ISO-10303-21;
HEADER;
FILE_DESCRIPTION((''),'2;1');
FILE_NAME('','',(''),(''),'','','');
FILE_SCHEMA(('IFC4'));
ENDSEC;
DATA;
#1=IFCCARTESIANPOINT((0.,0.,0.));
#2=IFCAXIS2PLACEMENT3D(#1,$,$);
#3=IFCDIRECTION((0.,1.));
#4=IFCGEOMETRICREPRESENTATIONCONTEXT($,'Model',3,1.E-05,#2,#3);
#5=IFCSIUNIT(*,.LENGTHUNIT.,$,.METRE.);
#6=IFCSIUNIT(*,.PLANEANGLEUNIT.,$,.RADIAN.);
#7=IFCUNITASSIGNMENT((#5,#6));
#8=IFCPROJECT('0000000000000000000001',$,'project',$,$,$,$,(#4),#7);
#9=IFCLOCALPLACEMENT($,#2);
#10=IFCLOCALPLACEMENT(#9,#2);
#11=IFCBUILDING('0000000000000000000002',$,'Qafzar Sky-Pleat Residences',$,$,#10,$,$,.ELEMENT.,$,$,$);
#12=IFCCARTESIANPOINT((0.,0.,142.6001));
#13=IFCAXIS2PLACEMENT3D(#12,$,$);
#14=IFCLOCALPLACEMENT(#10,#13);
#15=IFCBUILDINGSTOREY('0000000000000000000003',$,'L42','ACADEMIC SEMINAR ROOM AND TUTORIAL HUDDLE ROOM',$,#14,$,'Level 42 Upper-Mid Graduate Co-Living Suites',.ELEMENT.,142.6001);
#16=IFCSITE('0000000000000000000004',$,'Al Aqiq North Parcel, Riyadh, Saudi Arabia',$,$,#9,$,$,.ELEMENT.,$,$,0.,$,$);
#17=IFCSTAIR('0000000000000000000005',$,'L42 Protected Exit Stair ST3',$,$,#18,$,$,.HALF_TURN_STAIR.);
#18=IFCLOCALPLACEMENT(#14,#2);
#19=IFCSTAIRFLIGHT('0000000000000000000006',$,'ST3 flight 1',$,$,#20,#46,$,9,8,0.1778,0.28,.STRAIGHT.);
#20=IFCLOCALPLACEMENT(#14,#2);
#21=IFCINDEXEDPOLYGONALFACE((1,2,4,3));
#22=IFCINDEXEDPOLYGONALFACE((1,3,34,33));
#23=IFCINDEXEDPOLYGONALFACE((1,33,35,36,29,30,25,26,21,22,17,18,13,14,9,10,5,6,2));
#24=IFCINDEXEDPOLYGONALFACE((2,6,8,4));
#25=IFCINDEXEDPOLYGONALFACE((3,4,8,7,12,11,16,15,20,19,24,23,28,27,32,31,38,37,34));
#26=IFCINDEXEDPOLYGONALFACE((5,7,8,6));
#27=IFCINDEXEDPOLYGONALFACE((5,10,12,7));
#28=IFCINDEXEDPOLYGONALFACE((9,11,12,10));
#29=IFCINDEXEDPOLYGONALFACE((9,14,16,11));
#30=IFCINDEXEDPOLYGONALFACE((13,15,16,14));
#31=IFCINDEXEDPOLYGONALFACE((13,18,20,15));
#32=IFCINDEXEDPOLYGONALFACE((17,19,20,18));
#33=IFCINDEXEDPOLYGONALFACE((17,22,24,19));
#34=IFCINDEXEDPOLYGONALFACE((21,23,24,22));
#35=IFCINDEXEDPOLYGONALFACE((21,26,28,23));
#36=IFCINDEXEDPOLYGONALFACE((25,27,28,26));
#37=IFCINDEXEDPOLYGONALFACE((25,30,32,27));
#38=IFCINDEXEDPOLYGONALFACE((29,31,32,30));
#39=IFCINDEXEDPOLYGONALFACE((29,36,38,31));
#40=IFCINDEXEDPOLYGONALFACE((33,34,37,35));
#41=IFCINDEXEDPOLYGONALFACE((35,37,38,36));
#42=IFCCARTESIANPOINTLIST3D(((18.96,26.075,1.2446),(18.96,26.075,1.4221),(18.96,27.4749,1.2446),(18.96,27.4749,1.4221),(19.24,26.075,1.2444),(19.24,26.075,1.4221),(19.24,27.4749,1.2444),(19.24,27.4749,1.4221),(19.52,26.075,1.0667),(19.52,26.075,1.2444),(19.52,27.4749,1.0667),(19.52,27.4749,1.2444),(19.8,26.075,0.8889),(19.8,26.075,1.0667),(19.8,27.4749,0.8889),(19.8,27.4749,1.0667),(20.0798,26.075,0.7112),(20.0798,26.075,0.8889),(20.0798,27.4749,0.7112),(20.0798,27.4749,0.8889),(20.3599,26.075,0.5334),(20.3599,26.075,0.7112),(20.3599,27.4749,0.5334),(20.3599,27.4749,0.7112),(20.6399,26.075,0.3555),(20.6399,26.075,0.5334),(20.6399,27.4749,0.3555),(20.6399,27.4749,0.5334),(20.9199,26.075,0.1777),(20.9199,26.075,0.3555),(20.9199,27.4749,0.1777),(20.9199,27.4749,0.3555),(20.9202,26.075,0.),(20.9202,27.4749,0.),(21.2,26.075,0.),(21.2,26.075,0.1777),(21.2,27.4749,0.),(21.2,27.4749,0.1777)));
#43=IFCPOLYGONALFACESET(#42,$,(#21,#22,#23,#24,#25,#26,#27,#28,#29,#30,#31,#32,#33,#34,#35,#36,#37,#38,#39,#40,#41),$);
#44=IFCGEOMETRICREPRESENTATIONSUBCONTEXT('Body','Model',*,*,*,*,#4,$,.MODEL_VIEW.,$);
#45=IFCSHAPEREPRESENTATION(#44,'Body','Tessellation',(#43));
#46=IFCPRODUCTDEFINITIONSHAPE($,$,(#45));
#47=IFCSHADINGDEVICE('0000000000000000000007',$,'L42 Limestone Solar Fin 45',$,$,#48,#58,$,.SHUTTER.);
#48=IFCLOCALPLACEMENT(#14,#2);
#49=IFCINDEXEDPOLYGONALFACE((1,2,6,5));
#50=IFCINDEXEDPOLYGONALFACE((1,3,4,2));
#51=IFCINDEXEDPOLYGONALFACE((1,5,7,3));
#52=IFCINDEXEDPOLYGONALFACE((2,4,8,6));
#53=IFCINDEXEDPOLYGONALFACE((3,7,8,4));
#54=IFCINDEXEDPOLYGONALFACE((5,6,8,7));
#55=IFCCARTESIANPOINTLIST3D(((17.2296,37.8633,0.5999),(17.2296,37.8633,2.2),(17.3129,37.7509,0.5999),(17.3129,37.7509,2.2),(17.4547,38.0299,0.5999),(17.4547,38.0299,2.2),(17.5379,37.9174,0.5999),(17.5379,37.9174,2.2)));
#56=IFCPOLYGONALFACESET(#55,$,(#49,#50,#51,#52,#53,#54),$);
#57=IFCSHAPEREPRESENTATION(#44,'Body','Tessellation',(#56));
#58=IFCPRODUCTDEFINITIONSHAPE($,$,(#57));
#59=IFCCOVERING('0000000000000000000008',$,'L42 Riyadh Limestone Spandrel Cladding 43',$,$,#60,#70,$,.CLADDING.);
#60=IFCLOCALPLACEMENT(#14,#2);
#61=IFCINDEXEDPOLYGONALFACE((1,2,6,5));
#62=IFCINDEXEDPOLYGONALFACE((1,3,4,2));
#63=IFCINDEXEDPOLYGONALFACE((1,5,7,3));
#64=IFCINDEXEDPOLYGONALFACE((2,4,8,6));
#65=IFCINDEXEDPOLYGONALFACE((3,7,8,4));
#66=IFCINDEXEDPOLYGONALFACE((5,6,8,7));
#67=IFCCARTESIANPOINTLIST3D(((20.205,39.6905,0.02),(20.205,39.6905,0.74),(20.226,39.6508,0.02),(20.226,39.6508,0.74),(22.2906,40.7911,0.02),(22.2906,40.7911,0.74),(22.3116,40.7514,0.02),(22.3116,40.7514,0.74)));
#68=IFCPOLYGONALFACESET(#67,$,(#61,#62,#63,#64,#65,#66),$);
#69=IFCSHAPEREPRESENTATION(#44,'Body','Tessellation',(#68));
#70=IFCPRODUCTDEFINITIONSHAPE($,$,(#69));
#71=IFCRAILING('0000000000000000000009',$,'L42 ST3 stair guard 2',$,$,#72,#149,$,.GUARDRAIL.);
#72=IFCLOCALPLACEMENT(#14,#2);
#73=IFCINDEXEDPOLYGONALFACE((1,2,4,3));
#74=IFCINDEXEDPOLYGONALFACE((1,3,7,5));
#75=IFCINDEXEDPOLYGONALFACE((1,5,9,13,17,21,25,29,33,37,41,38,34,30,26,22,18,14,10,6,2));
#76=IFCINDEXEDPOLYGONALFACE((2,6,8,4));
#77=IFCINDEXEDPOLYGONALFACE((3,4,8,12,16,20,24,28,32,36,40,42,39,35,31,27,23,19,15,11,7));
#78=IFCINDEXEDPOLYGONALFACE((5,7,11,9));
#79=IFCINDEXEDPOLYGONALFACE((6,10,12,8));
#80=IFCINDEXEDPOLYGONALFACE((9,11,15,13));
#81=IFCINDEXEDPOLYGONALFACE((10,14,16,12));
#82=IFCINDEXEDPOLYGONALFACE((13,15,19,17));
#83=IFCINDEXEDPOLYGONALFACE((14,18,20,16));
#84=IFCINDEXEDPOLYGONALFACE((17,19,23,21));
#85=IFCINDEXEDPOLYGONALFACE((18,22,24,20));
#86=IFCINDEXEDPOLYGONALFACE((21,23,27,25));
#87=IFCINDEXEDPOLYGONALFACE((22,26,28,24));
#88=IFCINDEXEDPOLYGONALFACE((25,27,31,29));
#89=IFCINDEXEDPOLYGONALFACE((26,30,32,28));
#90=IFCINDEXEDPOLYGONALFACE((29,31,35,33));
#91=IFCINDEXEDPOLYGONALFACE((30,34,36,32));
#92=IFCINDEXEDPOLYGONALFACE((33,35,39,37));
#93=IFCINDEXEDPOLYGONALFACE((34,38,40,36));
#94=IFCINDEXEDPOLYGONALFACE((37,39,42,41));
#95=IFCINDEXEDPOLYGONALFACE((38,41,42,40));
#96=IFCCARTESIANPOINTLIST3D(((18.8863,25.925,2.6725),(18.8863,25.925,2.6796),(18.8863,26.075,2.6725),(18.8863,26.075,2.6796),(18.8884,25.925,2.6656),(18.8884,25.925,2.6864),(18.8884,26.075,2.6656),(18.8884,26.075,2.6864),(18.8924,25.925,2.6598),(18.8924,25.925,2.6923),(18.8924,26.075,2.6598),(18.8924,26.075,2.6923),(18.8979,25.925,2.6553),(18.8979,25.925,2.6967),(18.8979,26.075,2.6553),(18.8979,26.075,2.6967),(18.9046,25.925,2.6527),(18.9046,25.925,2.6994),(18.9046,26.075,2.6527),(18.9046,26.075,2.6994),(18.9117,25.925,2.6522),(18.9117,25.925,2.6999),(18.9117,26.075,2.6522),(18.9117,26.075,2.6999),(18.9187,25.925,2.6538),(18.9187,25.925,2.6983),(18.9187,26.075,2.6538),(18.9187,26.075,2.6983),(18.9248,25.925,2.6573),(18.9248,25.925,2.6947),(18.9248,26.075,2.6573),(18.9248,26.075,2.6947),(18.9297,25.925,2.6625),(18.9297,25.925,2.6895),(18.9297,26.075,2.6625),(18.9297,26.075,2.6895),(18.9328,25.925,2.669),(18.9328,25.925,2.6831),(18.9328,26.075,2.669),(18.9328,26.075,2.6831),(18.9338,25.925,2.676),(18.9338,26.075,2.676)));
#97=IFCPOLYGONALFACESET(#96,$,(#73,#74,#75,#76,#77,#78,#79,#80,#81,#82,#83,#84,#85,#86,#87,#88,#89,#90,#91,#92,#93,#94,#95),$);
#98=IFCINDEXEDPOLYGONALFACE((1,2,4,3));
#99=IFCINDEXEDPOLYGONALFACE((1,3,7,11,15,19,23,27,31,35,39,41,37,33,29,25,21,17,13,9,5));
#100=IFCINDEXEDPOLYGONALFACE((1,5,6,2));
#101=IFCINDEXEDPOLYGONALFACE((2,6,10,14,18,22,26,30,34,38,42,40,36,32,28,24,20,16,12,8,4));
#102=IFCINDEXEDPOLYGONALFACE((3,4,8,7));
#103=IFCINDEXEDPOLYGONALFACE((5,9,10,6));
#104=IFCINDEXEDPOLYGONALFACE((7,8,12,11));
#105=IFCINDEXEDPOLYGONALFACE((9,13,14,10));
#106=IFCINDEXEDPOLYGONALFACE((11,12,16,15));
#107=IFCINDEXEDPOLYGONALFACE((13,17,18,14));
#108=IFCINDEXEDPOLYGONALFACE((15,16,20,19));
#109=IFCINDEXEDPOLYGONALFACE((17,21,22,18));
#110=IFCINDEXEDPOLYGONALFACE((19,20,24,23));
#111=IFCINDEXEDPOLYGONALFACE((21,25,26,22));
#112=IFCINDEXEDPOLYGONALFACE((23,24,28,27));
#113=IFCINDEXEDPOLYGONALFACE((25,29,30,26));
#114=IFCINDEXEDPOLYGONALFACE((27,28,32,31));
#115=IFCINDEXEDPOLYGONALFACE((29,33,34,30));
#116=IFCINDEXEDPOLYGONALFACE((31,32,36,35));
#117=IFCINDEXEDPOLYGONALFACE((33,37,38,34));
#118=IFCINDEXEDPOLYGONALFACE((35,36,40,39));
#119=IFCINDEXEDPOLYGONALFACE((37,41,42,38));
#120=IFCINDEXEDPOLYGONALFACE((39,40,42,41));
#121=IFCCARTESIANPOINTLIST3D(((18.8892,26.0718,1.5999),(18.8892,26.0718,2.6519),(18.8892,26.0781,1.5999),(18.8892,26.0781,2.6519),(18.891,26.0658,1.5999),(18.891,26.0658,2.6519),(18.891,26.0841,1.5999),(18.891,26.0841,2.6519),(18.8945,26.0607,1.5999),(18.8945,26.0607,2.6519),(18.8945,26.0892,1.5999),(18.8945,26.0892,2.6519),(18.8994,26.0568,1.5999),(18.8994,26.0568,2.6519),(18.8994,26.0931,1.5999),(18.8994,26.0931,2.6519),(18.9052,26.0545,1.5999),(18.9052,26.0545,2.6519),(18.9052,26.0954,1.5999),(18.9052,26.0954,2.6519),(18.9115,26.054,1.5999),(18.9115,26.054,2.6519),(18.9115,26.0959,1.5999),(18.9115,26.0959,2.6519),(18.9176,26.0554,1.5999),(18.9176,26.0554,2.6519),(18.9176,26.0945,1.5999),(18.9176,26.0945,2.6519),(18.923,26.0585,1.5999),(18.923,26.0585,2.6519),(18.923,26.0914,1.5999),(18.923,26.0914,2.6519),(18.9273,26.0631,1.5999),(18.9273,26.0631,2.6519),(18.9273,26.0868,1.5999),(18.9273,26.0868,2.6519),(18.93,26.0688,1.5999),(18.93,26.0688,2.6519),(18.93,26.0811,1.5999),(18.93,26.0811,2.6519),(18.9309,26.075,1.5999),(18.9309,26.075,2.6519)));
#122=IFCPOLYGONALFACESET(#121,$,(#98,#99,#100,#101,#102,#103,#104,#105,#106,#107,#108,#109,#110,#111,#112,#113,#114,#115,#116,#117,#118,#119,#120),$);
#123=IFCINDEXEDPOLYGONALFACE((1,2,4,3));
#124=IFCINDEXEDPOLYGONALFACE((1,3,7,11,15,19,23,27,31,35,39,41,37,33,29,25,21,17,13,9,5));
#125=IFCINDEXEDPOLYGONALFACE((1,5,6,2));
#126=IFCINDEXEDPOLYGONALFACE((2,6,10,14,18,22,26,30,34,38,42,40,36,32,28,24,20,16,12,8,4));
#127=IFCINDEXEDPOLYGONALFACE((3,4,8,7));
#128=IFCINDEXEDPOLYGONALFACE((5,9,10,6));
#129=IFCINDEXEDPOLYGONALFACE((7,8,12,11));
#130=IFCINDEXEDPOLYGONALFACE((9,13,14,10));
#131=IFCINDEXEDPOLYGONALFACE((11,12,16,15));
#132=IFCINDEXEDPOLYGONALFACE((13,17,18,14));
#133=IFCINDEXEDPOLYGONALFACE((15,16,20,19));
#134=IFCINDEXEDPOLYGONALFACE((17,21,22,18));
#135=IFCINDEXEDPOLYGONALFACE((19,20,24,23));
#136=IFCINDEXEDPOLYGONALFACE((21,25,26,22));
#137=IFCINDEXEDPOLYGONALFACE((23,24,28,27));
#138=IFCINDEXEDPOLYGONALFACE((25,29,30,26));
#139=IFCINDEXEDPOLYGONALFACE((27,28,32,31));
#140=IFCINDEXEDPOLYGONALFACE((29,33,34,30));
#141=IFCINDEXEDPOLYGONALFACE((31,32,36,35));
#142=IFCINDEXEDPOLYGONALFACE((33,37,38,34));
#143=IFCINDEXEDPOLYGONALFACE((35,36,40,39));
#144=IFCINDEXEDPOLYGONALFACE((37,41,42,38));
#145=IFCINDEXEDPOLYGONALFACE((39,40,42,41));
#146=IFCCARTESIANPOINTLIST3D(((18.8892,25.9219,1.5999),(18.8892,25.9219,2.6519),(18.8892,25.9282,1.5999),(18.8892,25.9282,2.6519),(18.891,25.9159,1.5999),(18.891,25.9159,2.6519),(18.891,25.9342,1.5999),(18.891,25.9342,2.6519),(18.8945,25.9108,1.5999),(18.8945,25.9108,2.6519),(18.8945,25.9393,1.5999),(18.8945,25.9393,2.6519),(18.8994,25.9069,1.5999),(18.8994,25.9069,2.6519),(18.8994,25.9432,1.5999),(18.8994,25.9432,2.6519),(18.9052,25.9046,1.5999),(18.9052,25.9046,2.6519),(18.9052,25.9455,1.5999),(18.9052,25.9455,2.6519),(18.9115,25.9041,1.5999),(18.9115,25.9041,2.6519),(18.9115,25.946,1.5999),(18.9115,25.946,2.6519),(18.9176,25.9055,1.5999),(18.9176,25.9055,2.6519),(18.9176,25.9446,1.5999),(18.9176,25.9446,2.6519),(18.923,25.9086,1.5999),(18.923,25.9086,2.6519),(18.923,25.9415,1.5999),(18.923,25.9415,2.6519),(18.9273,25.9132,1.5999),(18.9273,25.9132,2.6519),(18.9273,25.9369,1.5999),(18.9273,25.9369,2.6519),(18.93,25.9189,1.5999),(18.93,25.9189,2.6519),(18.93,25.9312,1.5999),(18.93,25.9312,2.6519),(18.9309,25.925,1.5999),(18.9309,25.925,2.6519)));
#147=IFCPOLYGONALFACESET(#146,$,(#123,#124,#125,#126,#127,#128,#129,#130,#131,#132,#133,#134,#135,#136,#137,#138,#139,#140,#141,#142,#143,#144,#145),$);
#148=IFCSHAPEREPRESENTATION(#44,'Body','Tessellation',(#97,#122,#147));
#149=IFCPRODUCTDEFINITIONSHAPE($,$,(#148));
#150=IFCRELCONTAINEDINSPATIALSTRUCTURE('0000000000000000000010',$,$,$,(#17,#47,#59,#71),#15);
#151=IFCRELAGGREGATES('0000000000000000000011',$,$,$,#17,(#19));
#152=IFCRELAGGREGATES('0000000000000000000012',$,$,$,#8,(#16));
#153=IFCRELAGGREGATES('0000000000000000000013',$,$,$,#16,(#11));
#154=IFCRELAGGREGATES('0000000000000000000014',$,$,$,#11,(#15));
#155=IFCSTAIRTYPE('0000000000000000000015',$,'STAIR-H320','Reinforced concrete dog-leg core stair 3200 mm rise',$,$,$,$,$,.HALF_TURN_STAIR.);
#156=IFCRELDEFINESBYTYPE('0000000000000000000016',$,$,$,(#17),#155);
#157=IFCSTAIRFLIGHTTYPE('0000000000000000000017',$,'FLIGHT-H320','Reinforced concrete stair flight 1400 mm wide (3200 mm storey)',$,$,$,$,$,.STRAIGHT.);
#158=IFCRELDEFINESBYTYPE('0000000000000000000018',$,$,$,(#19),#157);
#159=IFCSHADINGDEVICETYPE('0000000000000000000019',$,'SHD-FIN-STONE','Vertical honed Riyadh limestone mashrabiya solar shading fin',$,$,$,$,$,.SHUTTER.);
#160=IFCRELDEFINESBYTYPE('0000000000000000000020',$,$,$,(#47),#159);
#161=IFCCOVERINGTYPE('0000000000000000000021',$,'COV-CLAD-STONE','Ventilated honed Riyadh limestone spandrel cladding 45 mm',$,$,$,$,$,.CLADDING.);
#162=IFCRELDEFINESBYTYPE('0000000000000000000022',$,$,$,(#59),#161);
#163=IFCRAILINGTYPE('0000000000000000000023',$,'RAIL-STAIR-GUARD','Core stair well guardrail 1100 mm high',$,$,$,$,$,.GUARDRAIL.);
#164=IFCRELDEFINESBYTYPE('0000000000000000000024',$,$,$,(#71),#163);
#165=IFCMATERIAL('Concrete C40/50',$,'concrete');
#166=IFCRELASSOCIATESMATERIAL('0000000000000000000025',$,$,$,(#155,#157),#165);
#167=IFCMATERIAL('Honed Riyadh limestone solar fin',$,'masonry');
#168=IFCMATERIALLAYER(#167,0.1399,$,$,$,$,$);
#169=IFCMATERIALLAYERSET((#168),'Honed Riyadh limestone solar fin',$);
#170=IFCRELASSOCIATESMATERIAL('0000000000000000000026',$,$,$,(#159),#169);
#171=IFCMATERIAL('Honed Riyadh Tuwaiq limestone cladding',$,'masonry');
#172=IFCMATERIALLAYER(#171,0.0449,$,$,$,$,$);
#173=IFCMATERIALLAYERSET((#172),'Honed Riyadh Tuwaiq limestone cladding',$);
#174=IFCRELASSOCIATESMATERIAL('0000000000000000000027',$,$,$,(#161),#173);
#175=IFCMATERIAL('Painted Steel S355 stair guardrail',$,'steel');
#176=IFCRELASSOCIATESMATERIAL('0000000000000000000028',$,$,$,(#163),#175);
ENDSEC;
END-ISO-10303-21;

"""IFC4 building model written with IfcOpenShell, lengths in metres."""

from ifc_helpers import new_model, si_unit, direction, frame, origin, origin_2d, place, context, subcontext, project, spatial, polyline, rectangle, circle, outline, extrude, source, transform, mapped, material, layer, layer_set, type_object, element, aggregate, save


model = new_model("IFC4")

# Units and contexts
model_context = context("Model", 3, precision=1e-05, world=origin(), true_north=direction((0.0, 1.0)))
body_context = subcontext(model_context, "Body", "Model", "MODEL_VIEW")
ifc_project = project(units=[si_unit("LENGTHUNIT", "METRE"), si_unit("PLANEANGLEUNIT", "RADIAN")], contexts=[model_context])

# Site, building, storey
site_placement = place(None, origin())
site = spatial("IfcSite", under=ifc_project, at=site_placement, Name="Al Aqiq North Parcel, Riyadh, Saudi Arabia", CompositionType="ELEMENT", RefElevation=0.0)
building_placement = place(site_placement, origin())
building = spatial("IfcBuilding", under=site, at=building_placement, Name="Qafzar Sky-Pleat Residences", CompositionType="ELEMENT")
storey_placement = place(building_placement, frame((0.0, 0.0, 142.6001)))
storey = spatial("IfcBuildingStorey", under=building, at=storey_placement, Name="L42", Description="ACADEMIC SEMINAR ROOM AND TUTORIAL HUDDLE ROOM", LongName="Level 42 Upper-Mid Graduate Co-Living Suites", CompositionType="ELEMENT", Elevation=142.6001)

# Stair, stair flight
ifc_material_1 = material(Name="Concrete C40/50", Category="concrete")
stair_type = type_object("IfcStairType", Name="STAIR-H320", Description="Reinforced concrete dog-leg core stair 3200 mm rise", PredefinedType="HALF_TURN_STAIR", material=ifc_material_1)
stair_placement = place(storey_placement, origin())
stair = element("IfcStair", 1, at=stair_placement, inside=storey, type_object=stair_type, Name="L42 Protected Exit Stair ST3", PredefinedType="HALF_TURN_STAIR")
stair_flight_type = type_object("IfcStairFlightType", Name="FLIGHT-H320", Description="Reinforced concrete stair flight 1400 mm wide (3200 mm storey)", PredefinedType="STRAIGHT", material=ifc_material_1)
shared_shape_1 = source(origin(), body_context, "Body", "SweptSolid", [
    extrude(outline(polyline([(0.0, 0.0), (0.0, 0.1777), (0.28, 0.1777), (0.28, 0.3555), (0.5601, 0.3555), (0.5601, 0.5334), (0.8401, 0.5334), (0.8401, 0.7112), (1.1201, 0.7112), (1.1201, 0.8889), (1.3999, 0.8889), (1.3999, 1.0667), (1.6799, 1.0667), (1.6799, 1.2444), (1.96, 1.2444), (1.96, 1.4221), (2.24, 1.4221), (2.24, 1.6001), (2.24, 1.2446), (0.2798, 0.0), (0.0, 0.0)])), frame((0.0, 0.7, 0.0), z_axis=(0.0, -1.0, 0.0), x_axis=(1.0, 0.0, 0.0)), (0.0, 0.0, 1.0), 1.3999),
])
stair_flight_placement = place(storey_placement, frame((21.2, 26.7749, 0.0), z_axis=(0.0, 0.0, 1.0), x_axis=(-1.0, 0.0, 0.0)))
stair_flight = element("IfcStairFlight", 2, at=stair_flight_placement, type_object=stair_flight_type, Name="ST3 flight 1", NumberOfRisers=9, NumberOfTreads=8, PredefinedType="STRAIGHT", RiserHeight=0.1778, TreadLength=0.28, context=body_context, shape_type="MappedRepresentation", body=[
    mapped(shared_shape_1, transform((0.0, 0.0, 0.0), x_axis=(1.0, 0.0, 0.0), y_axis=(0.0, 1.0, 0.0), z_axis=(0.0, 0.0, 1.0), scale=1.0)),
])
aggregate(stair, [stair_flight])

# Shading device
ifc_material_2 = material(Name="Honed Riyadh limestone solar fin", Category="masonry")
ifc_layer_1 = layer(ifc_material_2, 0.1399)
ifc_layer_set_1 = layer_set([ifc_layer_1], Name="Honed Riyadh limestone solar fin")
shading_device_type = type_object("IfcShadingDeviceType", Name="SHD-FIN-STONE", Description="Vertical honed Riyadh limestone mashrabiya solar shading fin", PredefinedType="SHUTTER", material=ifc_layer_set_1)
shared_shape_2 = source(origin(), body_context, "Body", "SweptSolid", [
    extrude(rectangle(XDim=0.1399, YDim=0.28, at=origin_2d()), origin(), (0.0, 0.0, 1.0), 1.6001),
])
shading_device_placement = place(storey_placement, frame((17.3838, 37.8904, 0.5999), z_axis=(0.0, 0.0, 1.0), x_axis=(-0.594883, 0.803812, 0.0)))
element("IfcShadingDevice", 3, at=shading_device_placement, inside=storey, type_object=shading_device_type, Name="L42 Limestone Solar Fin 45", PredefinedType="SHUTTER", context=body_context, shape_type="MappedRepresentation", body=[
    mapped(shared_shape_2, transform((0.0, 0.0, 0.0), x_axis=(1.0, 0.0, 0.0), y_axis=(0.0, 1.0, 0.0), z_axis=(0.0, 0.0, 1.0), scale=1.0)),
])

# Covering
ifc_material_3 = material(Name="Honed Riyadh Tuwaiq limestone cladding", Category="masonry")
ifc_layer_2 = layer(ifc_material_3, 0.0449)
ifc_layer_set_2 = layer_set([ifc_layer_2], Name="Honed Riyadh Tuwaiq limestone cladding")
covering_type = type_object("IfcCoveringType", Name="COV-CLAD-STONE", Description="Ventilated honed Riyadh limestone spandrel cladding 45 mm", PredefinedType="CLADDING", material=ifc_layer_set_2)
shared_shape_3 = source(origin(), body_context, "Body", "SweptSolid", [
    extrude(rectangle(XDim=2.3582, YDim=0.0449, at=origin_2d()), origin(), (0.0, 0.0, 1.0), 0.72),
])
covering_placement = place(storey_placement, frame((21.2583, 40.2209, 0.02), z_axis=(0.0, 0.0, 1.0), x_axis=(-0.884396, -0.466737, 0.0)))
element("IfcCovering", 4, at=covering_placement, inside=storey, type_object=covering_type, Name="L42 Riyadh Limestone Spandrel Cladding 43", PredefinedType="CLADDING", context=body_context, shape_type="MappedRepresentation", body=[
    mapped(shared_shape_3, transform((0.0, 0.0, 0.0), x_axis=(1.0, 0.0, 0.0), y_axis=(0.0, 1.0, 0.0), z_axis=(0.0, 0.0, 1.0), scale=1.0)),
])

# Railing
ifc_material_4 = material(Name="Painted Steel S355 stair guardrail", Category="steel")
railing_type_1 = type_object("IfcRailingType", Name="RAIL-STAIR-GUARD", Description="Core stair well guardrail 1100 mm high", PredefinedType="GUARDRAIL", material=ifc_material_4)
shared_shape_4 = source(origin(), body_context, "Body", "SweptSolid", [
    extrude(circle(Radius=0.0239, at=origin_2d()), frame((0.0, 0.0, 1.0762), z_axis=(0.0, -1.0, 0.0), x_axis=(1.0, 0.0, 0.0)), (0.0, 0.0, 1.0), 0.1499),
    extrude(circle(Radius=0.021, at=origin_2d()), origin(), (0.0, 0.0, 1.0), 1.052),
    extrude(circle(Radius=0.021, at=origin_2d()), frame((0.0, -0.1499, 0.0)), (0.0, 0.0, 1.0), 1.052),
])
for number, where, name in (
    (5, (18.9099, 26.075, 1.5999), "L42 ST3 stair guard 2"),
):
    element("IfcRailing", number, at=place(storey_placement, frame(where)), inside=storey, type_object=railing_type_1, Name=name, PredefinedType="GUARDRAIL", context=body_context, shape_type="MappedRepresentation", body=[
        mapped(shared_shape_4, transform((0.0, 0.0, 0.0), x_axis=(1.0, 0.0, 0.0), y_axis=(0.0, 1.0, 0.0), z_axis=(0.0, 0.0, 1.0), scale=1.0)),
    ])

save(model, "model.ifc")
